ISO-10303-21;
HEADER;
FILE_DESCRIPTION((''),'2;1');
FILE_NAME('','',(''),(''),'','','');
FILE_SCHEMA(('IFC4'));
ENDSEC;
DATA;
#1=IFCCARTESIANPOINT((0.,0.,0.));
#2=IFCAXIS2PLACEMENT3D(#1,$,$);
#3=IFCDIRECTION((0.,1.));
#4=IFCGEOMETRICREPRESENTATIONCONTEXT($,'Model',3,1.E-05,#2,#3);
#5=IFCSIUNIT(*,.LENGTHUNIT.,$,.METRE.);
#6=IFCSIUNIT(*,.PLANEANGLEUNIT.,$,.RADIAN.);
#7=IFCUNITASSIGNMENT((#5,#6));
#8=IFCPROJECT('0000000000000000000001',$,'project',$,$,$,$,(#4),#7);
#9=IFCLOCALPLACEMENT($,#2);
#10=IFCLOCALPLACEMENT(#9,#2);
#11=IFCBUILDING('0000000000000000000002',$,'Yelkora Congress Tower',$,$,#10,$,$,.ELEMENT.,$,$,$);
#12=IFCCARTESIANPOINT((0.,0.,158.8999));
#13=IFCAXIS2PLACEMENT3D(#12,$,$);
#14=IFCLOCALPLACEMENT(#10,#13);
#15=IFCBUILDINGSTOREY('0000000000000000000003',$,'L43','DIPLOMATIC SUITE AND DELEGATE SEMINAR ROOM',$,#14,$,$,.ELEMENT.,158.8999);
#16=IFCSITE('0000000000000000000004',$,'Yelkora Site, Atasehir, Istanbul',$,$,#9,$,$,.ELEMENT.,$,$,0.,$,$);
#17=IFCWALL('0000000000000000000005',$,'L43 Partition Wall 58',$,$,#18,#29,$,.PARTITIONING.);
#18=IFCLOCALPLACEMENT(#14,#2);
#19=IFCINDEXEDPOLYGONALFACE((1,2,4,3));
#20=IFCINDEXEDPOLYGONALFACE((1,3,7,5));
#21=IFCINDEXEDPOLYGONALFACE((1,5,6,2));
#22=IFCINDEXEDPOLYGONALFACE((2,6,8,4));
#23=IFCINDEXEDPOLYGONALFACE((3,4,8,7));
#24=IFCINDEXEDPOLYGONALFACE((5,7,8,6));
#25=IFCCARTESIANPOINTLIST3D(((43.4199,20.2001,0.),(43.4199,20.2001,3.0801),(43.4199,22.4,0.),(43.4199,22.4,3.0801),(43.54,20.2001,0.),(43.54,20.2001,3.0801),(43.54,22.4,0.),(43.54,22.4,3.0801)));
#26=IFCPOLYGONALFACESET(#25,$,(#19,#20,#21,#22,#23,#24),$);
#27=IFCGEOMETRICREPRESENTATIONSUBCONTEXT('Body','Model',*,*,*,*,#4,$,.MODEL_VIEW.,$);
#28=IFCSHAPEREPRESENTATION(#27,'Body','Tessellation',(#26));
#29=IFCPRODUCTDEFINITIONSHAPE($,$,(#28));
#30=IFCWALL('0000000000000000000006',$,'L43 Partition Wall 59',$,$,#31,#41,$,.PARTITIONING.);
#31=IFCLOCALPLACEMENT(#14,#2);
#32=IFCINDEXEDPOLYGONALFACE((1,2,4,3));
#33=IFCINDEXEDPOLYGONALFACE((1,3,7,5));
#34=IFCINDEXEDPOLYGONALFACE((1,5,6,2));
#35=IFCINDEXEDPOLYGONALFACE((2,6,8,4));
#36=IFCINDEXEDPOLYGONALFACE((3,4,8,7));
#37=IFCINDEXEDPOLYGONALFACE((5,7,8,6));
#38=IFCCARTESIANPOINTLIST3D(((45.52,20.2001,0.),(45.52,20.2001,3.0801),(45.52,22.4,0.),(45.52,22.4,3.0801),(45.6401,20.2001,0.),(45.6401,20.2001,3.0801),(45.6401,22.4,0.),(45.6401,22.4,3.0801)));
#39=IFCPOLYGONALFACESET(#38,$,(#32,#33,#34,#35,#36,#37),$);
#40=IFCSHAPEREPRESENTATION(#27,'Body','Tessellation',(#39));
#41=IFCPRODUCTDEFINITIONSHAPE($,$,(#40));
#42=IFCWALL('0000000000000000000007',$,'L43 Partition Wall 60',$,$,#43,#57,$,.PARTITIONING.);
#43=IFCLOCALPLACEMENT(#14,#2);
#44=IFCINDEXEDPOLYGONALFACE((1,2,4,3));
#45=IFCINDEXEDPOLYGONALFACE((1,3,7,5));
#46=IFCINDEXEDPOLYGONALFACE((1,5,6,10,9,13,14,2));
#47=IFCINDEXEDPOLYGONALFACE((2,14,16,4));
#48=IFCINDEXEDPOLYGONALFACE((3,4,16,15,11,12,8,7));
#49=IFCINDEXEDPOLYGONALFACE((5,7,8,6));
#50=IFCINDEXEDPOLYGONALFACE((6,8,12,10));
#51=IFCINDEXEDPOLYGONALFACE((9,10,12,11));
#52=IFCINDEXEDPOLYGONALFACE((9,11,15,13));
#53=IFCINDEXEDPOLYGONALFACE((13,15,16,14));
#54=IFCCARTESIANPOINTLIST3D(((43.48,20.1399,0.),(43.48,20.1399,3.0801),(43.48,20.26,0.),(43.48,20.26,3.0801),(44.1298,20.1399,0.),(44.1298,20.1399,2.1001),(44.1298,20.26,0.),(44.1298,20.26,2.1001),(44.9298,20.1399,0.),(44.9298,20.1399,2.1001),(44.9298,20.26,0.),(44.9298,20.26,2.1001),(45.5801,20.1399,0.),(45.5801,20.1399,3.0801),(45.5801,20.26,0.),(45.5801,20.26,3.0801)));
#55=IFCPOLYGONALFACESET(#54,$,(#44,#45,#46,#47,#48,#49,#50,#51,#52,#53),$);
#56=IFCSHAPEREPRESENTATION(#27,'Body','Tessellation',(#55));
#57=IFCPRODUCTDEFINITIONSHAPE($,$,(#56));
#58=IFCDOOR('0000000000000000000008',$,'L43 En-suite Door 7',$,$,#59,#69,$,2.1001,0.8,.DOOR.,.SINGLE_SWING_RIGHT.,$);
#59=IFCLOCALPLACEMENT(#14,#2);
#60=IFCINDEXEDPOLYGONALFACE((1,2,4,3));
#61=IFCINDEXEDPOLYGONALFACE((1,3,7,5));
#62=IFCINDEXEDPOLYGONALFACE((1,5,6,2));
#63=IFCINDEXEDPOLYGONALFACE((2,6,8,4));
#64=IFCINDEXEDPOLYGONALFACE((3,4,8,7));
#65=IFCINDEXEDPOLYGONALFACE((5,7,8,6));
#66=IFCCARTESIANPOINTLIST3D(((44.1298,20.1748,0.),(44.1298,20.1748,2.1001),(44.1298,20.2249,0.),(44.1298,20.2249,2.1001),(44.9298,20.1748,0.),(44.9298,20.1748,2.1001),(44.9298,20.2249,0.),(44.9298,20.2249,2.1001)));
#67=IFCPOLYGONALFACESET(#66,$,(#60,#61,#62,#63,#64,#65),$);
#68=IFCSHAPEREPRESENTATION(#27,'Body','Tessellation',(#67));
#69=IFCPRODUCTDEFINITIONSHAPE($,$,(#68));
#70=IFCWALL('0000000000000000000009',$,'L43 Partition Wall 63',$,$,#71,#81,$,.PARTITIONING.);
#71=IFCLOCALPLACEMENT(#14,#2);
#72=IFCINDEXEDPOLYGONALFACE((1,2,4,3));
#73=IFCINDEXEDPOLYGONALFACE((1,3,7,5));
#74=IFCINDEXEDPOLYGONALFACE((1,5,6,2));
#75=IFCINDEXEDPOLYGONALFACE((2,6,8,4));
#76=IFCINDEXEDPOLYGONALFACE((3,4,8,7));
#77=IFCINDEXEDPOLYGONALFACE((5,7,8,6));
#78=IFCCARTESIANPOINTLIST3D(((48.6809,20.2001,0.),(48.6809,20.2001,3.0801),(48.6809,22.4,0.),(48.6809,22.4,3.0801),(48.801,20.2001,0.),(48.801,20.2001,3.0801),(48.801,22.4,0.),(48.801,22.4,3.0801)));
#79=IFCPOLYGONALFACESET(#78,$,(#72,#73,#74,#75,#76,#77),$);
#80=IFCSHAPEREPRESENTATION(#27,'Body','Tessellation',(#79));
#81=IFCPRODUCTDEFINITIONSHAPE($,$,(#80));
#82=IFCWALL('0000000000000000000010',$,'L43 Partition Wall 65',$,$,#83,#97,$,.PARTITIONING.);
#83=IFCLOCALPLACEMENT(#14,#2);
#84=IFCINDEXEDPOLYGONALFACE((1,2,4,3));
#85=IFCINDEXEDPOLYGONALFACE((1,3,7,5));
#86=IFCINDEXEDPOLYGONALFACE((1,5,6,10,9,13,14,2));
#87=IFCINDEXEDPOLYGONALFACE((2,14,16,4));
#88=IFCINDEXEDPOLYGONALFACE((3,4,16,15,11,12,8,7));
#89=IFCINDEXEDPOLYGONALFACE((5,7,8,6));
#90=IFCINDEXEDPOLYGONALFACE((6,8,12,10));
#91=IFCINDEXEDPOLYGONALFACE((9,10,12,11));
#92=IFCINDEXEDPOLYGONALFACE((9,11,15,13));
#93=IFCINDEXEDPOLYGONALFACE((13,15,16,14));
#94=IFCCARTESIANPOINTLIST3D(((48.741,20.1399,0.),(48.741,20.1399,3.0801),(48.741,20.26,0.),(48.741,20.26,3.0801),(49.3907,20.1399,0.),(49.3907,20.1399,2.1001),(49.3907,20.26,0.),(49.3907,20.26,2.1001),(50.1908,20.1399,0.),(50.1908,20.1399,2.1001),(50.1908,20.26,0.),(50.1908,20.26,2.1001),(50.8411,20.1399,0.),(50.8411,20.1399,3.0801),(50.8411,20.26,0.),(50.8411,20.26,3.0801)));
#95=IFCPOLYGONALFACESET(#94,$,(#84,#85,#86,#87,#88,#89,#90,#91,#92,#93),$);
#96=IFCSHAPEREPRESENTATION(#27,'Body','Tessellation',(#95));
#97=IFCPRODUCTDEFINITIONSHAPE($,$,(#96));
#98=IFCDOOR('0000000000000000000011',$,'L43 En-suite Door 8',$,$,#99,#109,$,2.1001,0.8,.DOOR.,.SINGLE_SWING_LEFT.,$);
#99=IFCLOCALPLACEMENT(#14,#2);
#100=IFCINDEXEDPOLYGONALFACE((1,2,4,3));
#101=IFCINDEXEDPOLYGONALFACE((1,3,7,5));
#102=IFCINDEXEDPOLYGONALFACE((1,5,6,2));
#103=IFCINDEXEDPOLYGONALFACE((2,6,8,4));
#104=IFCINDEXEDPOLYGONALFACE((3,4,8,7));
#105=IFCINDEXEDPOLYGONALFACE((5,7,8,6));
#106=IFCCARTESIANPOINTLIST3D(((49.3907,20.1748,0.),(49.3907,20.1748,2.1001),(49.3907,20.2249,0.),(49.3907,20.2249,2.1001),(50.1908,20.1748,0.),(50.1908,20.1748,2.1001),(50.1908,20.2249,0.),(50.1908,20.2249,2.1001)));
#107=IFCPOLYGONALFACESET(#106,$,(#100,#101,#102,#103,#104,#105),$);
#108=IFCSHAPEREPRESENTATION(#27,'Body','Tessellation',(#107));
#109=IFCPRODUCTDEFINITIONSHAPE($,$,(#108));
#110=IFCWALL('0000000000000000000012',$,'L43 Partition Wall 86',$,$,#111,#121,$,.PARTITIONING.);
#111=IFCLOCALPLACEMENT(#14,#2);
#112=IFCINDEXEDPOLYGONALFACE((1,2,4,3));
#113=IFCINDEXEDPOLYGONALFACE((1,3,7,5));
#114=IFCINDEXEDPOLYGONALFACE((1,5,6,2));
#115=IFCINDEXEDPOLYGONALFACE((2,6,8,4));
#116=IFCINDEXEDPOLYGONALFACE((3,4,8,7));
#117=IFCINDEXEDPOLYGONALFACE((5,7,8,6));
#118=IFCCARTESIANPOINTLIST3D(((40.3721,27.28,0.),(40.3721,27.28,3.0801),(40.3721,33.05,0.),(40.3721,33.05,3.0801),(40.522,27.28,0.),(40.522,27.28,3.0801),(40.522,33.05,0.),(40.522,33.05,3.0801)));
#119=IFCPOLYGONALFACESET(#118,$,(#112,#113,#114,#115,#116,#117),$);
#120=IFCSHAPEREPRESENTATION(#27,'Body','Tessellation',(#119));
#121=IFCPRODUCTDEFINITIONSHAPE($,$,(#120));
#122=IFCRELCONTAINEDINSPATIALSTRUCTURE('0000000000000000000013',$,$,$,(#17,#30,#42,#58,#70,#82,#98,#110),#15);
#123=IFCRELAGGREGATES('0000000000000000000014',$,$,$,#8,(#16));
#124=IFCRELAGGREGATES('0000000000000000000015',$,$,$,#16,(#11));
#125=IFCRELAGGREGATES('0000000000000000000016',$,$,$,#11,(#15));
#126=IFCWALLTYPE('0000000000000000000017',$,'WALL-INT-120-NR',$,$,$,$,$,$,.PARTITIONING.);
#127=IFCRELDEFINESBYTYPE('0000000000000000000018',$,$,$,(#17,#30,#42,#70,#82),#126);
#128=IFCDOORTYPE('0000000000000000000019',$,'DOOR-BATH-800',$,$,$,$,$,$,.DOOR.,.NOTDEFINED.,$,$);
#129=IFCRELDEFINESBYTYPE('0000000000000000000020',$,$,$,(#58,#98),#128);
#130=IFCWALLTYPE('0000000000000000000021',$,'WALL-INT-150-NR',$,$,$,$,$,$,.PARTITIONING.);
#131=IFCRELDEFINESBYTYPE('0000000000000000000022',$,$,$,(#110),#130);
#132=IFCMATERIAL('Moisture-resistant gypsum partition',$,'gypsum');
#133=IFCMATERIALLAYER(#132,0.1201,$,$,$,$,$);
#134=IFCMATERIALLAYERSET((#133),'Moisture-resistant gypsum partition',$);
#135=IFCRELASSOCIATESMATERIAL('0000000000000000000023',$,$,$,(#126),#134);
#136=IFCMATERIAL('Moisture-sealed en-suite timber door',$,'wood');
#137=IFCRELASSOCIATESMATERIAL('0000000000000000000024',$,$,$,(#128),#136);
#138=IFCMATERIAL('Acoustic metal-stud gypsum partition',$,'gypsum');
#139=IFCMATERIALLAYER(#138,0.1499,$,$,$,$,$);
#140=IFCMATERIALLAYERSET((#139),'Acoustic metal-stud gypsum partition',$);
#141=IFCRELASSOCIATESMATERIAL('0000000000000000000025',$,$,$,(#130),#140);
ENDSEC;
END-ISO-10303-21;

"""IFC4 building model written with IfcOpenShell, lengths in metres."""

from ifc_helpers import new_model, si_unit, direction, frame, frame_2d, origin, place, context, subcontext, project, spatial, rectangle, extrude, material, layer, layer_set, type_object, element, fill, save


model = new_model("IFC4")

# Units and contexts
model_context = context("Model", 3, precision=1e-05, world=origin(), true_north=direction((0.0, 1.0)))
body_context = subcontext(model_context, "Body", "Model", "MODEL_VIEW")
ifc_project = project(units=[si_unit("LENGTHUNIT", "METRE"), si_unit("PLANEANGLEUNIT", "RADIAN")], contexts=[model_context])

# Site, building, storey
site_placement = place(None, origin())
site = spatial("IfcSite", under=ifc_project, at=site_placement, Name="Yelkora Site, Atasehir, Istanbul", CompositionType="ELEMENT", RefElevation=0.0)
building_placement = place(site_placement, origin())
building = spatial("IfcBuilding", under=site, at=building_placement, Name="Yelkora Congress Tower", CompositionType="ELEMENT")
storey_placement = place(building_placement, frame((0.0, 0.0, 158.8999)))
storey = spatial("IfcBuildingStorey", under=building, at=storey_placement, Name="L43", Description="DIPLOMATIC SUITE AND DELEGATE SEMINAR ROOM", CompositionType="ELEMENT", Elevation=158.8999)

# Shared definitions
ifc_material_1 = material(Name="Moisture-resistant gypsum partition", Category="gypsum")
ifc_layer_1 = layer(ifc_material_1, 0.1201)
ifc_layer_set_1 = layer_set([ifc_layer_1], Name="Moisture-resistant gypsum partition")
wall_type_1 = type_object("IfcWallType", Name="WALL-INT-120-NR", PredefinedType="PARTITIONING", material=ifc_layer_set_1)

# Shared definitions
ifc_material_2 = material(Name="Moisture-sealed en-suite timber door", Category="wood")
door_type = type_object("IfcDoorType", Name="DOOR-BATH-800", OperationType="NOTDEFINED", PredefinedType="DOOR", material=ifc_material_2)

# Walls
for number, where, z_axis, x_axis, name in (
    (1, (43.48, 20.2, 0.0), (0.0, 0.0, 1.0), (0.0, 1.0, 0.0), "L43 Partition Wall 58"),
    (2, (45.5801, 20.2, 0.0), (0.0, 0.0, 1.0), (0.0, 1.0, 0.0), "L43 Partition Wall 59"),
):
    element("IfcWall", number, at=place(storey_placement, frame(where, z_axis=z_axis, x_axis=x_axis)), inside=storey, type_object=wall_type_1, Name=name, PredefinedType="PARTITIONING", context=body_context, shape_type="SweptSolid", body=[
        extrude(rectangle(XDim=2.2, YDim=0.1201, at=frame_2d((1.1001, 0.0))), origin(), (0.0, 0.0, 1.0), 3.0801),
    ])

# Wall, opening, door
wall_1_placement = place(storey_placement, frame((43.48, 20.2, 0.0), z_axis=(0.0, 0.0, 1.0), x_axis=(1.0, 0.0, 0.0)))
wall_1 = element("IfcWall", 3, at=wall_1_placement, inside=storey, type_object=wall_type_1, Name="L43 Partition Wall 60", PredefinedType="PARTITIONING", context=body_context, shape_type="SweptSolid", body=[
    extrude(rectangle(XDim=2.1001, YDim=0.1201, at=frame_2d((1.05, 0.0))), origin(), (0.0, 0.0, 1.0), 3.0801),
])
opening_1_placement = place(wall_1_placement, frame((0.6499, 0.0, 0.0)))
opening_1 = element("IfcOpeningElement", 4, at=opening_1_placement, cuts=wall_1, PredefinedType="OPENING", context=body_context, shape_type="SweptSolid", body=[
    extrude(rectangle(XDim=0.8, YDim=2.1001, at=frame_2d((0.3999, 1.05))), frame((0.0, 0.0701, 0.0), z_axis=(0.0, -1.0, 0.0), x_axis=(1.0, 0.0, 0.0)), (0.0, 0.0, 1.0), 0.1401),
])
door_1_placement = place(opening_1_placement, origin())
door_1 = element("IfcDoor", 5, at=door_1_placement, inside=storey, type_object=door_type, Name="L43 En-suite Door 7", OperationType="SINGLE_SWING_RIGHT", OverallHeight=2.1001, OverallWidth=0.8, PredefinedType="DOOR", context=body_context, shape_type="SweptSolid", body=[
    extrude(rectangle(XDim=0.8, YDim=2.1001, at=frame_2d((0.3999, 1.05))), frame((0.0, 0.0249, 0.0), z_axis=(0.0, -1.0, 0.0), x_axis=(1.0, 0.0, 0.0)), (0.0, 0.0, 1.0), 0.05),
])
fill(opening_1, door_1)

# Wall
wall_2_placement = place(storey_placement, frame((48.741, 20.2, 0.0), z_axis=(0.0, 0.0, 1.0), x_axis=(0.0, 1.0, 0.0)))
element("IfcWall", 6, at=wall_2_placement, inside=storey, type_object=wall_type_1, Name="L43 Partition Wall 63", PredefinedType="PARTITIONING", context=body_context, shape_type="SweptSolid", body=[
    extrude(rectangle(XDim=2.2, YDim=0.1201, at=frame_2d((1.1001, 0.0))), origin(), (0.0, 0.0, 1.0), 3.0801),
])

# Wall, opening, door
wall_3_placement = place(storey_placement, frame((48.741, 20.2, 0.0), z_axis=(0.0, 0.0, 1.0), x_axis=(1.0, 0.0, 0.0)))
wall_3 = element("IfcWall", 7, at=wall_3_placement, inside=storey, type_object=wall_type_1, Name="L43 Partition Wall 65", PredefinedType="PARTITIONING", context=body_context, shape_type="SweptSolid", body=[
    extrude(rectangle(XDim=2.1001, YDim=0.1201, at=frame_2d((1.05, 0.0))), origin(), (0.0, 0.0, 1.0), 3.0801),
])
opening_2_placement = place(wall_3_placement, frame((0.6499, 0.0, 0.0)))
opening_2 = element("IfcOpeningElement", 8, at=opening_2_placement, cuts=wall_3, PredefinedType="OPENING", context=body_context, shape_type="SweptSolid", body=[
    extrude(rectangle(XDim=0.8, YDim=2.1001, at=frame_2d((0.3999, 1.05))), frame((0.0, 0.0701, 0.0), z_axis=(0.0, -1.0, 0.0), x_axis=(1.0, 0.0, 0.0)), (0.0, 0.0, 1.0), 0.1401),
])
door_2_placement = place(opening_2_placement, origin())
door_2 = element("IfcDoor", 9, at=door_2_placement, inside=storey, type_object=door_type, Name="L43 En-suite Door 8", OperationType="SINGLE_SWING_LEFT", OverallHeight=2.1001, OverallWidth=0.8, PredefinedType="DOOR", context=body_context, shape_type="SweptSolid", body=[
    extrude(rectangle(XDim=0.8, YDim=2.1001, at=frame_2d((0.3999, 1.05))), frame((0.0, 0.0249, 0.0), z_axis=(0.0, -1.0, 0.0), x_axis=(1.0, 0.0, 0.0)), (0.0, 0.0, 1.0), 0.05),
])
fill(opening_2, door_2)

# Wall
ifc_material_3 = material(Name="Acoustic metal-stud gypsum partition", Category="gypsum")
ifc_layer_2 = layer(ifc_material_3, 0.1499)
ifc_layer_set_2 = layer_set([ifc_layer_2], Name="Acoustic metal-stud gypsum partition")
wall_type_2 = type_object("IfcWallType", Name="WALL-INT-150-NR", PredefinedType="PARTITIONING", material=ifc_layer_set_2)
wall_4_placement = place(storey_placement, frame((40.447, 27.28, 0.0), z_axis=(0.0, 0.0, 1.0), x_axis=(0.0, 1.0, 0.0)))
element("IfcWall", 10, at=wall_4_placement, inside=storey, type_object=wall_type_2, Name="L43 Partition Wall 86", PredefinedType="PARTITIONING", context=body_context, shape_type="SweptSolid", body=[
    extrude(rectangle(XDim=5.77, YDim=0.1499, at=frame_2d((2.885, 0.0))), origin(), (0.0, 0.0, 1.0), 3.0801),
])

save(model, "model.ifc")
